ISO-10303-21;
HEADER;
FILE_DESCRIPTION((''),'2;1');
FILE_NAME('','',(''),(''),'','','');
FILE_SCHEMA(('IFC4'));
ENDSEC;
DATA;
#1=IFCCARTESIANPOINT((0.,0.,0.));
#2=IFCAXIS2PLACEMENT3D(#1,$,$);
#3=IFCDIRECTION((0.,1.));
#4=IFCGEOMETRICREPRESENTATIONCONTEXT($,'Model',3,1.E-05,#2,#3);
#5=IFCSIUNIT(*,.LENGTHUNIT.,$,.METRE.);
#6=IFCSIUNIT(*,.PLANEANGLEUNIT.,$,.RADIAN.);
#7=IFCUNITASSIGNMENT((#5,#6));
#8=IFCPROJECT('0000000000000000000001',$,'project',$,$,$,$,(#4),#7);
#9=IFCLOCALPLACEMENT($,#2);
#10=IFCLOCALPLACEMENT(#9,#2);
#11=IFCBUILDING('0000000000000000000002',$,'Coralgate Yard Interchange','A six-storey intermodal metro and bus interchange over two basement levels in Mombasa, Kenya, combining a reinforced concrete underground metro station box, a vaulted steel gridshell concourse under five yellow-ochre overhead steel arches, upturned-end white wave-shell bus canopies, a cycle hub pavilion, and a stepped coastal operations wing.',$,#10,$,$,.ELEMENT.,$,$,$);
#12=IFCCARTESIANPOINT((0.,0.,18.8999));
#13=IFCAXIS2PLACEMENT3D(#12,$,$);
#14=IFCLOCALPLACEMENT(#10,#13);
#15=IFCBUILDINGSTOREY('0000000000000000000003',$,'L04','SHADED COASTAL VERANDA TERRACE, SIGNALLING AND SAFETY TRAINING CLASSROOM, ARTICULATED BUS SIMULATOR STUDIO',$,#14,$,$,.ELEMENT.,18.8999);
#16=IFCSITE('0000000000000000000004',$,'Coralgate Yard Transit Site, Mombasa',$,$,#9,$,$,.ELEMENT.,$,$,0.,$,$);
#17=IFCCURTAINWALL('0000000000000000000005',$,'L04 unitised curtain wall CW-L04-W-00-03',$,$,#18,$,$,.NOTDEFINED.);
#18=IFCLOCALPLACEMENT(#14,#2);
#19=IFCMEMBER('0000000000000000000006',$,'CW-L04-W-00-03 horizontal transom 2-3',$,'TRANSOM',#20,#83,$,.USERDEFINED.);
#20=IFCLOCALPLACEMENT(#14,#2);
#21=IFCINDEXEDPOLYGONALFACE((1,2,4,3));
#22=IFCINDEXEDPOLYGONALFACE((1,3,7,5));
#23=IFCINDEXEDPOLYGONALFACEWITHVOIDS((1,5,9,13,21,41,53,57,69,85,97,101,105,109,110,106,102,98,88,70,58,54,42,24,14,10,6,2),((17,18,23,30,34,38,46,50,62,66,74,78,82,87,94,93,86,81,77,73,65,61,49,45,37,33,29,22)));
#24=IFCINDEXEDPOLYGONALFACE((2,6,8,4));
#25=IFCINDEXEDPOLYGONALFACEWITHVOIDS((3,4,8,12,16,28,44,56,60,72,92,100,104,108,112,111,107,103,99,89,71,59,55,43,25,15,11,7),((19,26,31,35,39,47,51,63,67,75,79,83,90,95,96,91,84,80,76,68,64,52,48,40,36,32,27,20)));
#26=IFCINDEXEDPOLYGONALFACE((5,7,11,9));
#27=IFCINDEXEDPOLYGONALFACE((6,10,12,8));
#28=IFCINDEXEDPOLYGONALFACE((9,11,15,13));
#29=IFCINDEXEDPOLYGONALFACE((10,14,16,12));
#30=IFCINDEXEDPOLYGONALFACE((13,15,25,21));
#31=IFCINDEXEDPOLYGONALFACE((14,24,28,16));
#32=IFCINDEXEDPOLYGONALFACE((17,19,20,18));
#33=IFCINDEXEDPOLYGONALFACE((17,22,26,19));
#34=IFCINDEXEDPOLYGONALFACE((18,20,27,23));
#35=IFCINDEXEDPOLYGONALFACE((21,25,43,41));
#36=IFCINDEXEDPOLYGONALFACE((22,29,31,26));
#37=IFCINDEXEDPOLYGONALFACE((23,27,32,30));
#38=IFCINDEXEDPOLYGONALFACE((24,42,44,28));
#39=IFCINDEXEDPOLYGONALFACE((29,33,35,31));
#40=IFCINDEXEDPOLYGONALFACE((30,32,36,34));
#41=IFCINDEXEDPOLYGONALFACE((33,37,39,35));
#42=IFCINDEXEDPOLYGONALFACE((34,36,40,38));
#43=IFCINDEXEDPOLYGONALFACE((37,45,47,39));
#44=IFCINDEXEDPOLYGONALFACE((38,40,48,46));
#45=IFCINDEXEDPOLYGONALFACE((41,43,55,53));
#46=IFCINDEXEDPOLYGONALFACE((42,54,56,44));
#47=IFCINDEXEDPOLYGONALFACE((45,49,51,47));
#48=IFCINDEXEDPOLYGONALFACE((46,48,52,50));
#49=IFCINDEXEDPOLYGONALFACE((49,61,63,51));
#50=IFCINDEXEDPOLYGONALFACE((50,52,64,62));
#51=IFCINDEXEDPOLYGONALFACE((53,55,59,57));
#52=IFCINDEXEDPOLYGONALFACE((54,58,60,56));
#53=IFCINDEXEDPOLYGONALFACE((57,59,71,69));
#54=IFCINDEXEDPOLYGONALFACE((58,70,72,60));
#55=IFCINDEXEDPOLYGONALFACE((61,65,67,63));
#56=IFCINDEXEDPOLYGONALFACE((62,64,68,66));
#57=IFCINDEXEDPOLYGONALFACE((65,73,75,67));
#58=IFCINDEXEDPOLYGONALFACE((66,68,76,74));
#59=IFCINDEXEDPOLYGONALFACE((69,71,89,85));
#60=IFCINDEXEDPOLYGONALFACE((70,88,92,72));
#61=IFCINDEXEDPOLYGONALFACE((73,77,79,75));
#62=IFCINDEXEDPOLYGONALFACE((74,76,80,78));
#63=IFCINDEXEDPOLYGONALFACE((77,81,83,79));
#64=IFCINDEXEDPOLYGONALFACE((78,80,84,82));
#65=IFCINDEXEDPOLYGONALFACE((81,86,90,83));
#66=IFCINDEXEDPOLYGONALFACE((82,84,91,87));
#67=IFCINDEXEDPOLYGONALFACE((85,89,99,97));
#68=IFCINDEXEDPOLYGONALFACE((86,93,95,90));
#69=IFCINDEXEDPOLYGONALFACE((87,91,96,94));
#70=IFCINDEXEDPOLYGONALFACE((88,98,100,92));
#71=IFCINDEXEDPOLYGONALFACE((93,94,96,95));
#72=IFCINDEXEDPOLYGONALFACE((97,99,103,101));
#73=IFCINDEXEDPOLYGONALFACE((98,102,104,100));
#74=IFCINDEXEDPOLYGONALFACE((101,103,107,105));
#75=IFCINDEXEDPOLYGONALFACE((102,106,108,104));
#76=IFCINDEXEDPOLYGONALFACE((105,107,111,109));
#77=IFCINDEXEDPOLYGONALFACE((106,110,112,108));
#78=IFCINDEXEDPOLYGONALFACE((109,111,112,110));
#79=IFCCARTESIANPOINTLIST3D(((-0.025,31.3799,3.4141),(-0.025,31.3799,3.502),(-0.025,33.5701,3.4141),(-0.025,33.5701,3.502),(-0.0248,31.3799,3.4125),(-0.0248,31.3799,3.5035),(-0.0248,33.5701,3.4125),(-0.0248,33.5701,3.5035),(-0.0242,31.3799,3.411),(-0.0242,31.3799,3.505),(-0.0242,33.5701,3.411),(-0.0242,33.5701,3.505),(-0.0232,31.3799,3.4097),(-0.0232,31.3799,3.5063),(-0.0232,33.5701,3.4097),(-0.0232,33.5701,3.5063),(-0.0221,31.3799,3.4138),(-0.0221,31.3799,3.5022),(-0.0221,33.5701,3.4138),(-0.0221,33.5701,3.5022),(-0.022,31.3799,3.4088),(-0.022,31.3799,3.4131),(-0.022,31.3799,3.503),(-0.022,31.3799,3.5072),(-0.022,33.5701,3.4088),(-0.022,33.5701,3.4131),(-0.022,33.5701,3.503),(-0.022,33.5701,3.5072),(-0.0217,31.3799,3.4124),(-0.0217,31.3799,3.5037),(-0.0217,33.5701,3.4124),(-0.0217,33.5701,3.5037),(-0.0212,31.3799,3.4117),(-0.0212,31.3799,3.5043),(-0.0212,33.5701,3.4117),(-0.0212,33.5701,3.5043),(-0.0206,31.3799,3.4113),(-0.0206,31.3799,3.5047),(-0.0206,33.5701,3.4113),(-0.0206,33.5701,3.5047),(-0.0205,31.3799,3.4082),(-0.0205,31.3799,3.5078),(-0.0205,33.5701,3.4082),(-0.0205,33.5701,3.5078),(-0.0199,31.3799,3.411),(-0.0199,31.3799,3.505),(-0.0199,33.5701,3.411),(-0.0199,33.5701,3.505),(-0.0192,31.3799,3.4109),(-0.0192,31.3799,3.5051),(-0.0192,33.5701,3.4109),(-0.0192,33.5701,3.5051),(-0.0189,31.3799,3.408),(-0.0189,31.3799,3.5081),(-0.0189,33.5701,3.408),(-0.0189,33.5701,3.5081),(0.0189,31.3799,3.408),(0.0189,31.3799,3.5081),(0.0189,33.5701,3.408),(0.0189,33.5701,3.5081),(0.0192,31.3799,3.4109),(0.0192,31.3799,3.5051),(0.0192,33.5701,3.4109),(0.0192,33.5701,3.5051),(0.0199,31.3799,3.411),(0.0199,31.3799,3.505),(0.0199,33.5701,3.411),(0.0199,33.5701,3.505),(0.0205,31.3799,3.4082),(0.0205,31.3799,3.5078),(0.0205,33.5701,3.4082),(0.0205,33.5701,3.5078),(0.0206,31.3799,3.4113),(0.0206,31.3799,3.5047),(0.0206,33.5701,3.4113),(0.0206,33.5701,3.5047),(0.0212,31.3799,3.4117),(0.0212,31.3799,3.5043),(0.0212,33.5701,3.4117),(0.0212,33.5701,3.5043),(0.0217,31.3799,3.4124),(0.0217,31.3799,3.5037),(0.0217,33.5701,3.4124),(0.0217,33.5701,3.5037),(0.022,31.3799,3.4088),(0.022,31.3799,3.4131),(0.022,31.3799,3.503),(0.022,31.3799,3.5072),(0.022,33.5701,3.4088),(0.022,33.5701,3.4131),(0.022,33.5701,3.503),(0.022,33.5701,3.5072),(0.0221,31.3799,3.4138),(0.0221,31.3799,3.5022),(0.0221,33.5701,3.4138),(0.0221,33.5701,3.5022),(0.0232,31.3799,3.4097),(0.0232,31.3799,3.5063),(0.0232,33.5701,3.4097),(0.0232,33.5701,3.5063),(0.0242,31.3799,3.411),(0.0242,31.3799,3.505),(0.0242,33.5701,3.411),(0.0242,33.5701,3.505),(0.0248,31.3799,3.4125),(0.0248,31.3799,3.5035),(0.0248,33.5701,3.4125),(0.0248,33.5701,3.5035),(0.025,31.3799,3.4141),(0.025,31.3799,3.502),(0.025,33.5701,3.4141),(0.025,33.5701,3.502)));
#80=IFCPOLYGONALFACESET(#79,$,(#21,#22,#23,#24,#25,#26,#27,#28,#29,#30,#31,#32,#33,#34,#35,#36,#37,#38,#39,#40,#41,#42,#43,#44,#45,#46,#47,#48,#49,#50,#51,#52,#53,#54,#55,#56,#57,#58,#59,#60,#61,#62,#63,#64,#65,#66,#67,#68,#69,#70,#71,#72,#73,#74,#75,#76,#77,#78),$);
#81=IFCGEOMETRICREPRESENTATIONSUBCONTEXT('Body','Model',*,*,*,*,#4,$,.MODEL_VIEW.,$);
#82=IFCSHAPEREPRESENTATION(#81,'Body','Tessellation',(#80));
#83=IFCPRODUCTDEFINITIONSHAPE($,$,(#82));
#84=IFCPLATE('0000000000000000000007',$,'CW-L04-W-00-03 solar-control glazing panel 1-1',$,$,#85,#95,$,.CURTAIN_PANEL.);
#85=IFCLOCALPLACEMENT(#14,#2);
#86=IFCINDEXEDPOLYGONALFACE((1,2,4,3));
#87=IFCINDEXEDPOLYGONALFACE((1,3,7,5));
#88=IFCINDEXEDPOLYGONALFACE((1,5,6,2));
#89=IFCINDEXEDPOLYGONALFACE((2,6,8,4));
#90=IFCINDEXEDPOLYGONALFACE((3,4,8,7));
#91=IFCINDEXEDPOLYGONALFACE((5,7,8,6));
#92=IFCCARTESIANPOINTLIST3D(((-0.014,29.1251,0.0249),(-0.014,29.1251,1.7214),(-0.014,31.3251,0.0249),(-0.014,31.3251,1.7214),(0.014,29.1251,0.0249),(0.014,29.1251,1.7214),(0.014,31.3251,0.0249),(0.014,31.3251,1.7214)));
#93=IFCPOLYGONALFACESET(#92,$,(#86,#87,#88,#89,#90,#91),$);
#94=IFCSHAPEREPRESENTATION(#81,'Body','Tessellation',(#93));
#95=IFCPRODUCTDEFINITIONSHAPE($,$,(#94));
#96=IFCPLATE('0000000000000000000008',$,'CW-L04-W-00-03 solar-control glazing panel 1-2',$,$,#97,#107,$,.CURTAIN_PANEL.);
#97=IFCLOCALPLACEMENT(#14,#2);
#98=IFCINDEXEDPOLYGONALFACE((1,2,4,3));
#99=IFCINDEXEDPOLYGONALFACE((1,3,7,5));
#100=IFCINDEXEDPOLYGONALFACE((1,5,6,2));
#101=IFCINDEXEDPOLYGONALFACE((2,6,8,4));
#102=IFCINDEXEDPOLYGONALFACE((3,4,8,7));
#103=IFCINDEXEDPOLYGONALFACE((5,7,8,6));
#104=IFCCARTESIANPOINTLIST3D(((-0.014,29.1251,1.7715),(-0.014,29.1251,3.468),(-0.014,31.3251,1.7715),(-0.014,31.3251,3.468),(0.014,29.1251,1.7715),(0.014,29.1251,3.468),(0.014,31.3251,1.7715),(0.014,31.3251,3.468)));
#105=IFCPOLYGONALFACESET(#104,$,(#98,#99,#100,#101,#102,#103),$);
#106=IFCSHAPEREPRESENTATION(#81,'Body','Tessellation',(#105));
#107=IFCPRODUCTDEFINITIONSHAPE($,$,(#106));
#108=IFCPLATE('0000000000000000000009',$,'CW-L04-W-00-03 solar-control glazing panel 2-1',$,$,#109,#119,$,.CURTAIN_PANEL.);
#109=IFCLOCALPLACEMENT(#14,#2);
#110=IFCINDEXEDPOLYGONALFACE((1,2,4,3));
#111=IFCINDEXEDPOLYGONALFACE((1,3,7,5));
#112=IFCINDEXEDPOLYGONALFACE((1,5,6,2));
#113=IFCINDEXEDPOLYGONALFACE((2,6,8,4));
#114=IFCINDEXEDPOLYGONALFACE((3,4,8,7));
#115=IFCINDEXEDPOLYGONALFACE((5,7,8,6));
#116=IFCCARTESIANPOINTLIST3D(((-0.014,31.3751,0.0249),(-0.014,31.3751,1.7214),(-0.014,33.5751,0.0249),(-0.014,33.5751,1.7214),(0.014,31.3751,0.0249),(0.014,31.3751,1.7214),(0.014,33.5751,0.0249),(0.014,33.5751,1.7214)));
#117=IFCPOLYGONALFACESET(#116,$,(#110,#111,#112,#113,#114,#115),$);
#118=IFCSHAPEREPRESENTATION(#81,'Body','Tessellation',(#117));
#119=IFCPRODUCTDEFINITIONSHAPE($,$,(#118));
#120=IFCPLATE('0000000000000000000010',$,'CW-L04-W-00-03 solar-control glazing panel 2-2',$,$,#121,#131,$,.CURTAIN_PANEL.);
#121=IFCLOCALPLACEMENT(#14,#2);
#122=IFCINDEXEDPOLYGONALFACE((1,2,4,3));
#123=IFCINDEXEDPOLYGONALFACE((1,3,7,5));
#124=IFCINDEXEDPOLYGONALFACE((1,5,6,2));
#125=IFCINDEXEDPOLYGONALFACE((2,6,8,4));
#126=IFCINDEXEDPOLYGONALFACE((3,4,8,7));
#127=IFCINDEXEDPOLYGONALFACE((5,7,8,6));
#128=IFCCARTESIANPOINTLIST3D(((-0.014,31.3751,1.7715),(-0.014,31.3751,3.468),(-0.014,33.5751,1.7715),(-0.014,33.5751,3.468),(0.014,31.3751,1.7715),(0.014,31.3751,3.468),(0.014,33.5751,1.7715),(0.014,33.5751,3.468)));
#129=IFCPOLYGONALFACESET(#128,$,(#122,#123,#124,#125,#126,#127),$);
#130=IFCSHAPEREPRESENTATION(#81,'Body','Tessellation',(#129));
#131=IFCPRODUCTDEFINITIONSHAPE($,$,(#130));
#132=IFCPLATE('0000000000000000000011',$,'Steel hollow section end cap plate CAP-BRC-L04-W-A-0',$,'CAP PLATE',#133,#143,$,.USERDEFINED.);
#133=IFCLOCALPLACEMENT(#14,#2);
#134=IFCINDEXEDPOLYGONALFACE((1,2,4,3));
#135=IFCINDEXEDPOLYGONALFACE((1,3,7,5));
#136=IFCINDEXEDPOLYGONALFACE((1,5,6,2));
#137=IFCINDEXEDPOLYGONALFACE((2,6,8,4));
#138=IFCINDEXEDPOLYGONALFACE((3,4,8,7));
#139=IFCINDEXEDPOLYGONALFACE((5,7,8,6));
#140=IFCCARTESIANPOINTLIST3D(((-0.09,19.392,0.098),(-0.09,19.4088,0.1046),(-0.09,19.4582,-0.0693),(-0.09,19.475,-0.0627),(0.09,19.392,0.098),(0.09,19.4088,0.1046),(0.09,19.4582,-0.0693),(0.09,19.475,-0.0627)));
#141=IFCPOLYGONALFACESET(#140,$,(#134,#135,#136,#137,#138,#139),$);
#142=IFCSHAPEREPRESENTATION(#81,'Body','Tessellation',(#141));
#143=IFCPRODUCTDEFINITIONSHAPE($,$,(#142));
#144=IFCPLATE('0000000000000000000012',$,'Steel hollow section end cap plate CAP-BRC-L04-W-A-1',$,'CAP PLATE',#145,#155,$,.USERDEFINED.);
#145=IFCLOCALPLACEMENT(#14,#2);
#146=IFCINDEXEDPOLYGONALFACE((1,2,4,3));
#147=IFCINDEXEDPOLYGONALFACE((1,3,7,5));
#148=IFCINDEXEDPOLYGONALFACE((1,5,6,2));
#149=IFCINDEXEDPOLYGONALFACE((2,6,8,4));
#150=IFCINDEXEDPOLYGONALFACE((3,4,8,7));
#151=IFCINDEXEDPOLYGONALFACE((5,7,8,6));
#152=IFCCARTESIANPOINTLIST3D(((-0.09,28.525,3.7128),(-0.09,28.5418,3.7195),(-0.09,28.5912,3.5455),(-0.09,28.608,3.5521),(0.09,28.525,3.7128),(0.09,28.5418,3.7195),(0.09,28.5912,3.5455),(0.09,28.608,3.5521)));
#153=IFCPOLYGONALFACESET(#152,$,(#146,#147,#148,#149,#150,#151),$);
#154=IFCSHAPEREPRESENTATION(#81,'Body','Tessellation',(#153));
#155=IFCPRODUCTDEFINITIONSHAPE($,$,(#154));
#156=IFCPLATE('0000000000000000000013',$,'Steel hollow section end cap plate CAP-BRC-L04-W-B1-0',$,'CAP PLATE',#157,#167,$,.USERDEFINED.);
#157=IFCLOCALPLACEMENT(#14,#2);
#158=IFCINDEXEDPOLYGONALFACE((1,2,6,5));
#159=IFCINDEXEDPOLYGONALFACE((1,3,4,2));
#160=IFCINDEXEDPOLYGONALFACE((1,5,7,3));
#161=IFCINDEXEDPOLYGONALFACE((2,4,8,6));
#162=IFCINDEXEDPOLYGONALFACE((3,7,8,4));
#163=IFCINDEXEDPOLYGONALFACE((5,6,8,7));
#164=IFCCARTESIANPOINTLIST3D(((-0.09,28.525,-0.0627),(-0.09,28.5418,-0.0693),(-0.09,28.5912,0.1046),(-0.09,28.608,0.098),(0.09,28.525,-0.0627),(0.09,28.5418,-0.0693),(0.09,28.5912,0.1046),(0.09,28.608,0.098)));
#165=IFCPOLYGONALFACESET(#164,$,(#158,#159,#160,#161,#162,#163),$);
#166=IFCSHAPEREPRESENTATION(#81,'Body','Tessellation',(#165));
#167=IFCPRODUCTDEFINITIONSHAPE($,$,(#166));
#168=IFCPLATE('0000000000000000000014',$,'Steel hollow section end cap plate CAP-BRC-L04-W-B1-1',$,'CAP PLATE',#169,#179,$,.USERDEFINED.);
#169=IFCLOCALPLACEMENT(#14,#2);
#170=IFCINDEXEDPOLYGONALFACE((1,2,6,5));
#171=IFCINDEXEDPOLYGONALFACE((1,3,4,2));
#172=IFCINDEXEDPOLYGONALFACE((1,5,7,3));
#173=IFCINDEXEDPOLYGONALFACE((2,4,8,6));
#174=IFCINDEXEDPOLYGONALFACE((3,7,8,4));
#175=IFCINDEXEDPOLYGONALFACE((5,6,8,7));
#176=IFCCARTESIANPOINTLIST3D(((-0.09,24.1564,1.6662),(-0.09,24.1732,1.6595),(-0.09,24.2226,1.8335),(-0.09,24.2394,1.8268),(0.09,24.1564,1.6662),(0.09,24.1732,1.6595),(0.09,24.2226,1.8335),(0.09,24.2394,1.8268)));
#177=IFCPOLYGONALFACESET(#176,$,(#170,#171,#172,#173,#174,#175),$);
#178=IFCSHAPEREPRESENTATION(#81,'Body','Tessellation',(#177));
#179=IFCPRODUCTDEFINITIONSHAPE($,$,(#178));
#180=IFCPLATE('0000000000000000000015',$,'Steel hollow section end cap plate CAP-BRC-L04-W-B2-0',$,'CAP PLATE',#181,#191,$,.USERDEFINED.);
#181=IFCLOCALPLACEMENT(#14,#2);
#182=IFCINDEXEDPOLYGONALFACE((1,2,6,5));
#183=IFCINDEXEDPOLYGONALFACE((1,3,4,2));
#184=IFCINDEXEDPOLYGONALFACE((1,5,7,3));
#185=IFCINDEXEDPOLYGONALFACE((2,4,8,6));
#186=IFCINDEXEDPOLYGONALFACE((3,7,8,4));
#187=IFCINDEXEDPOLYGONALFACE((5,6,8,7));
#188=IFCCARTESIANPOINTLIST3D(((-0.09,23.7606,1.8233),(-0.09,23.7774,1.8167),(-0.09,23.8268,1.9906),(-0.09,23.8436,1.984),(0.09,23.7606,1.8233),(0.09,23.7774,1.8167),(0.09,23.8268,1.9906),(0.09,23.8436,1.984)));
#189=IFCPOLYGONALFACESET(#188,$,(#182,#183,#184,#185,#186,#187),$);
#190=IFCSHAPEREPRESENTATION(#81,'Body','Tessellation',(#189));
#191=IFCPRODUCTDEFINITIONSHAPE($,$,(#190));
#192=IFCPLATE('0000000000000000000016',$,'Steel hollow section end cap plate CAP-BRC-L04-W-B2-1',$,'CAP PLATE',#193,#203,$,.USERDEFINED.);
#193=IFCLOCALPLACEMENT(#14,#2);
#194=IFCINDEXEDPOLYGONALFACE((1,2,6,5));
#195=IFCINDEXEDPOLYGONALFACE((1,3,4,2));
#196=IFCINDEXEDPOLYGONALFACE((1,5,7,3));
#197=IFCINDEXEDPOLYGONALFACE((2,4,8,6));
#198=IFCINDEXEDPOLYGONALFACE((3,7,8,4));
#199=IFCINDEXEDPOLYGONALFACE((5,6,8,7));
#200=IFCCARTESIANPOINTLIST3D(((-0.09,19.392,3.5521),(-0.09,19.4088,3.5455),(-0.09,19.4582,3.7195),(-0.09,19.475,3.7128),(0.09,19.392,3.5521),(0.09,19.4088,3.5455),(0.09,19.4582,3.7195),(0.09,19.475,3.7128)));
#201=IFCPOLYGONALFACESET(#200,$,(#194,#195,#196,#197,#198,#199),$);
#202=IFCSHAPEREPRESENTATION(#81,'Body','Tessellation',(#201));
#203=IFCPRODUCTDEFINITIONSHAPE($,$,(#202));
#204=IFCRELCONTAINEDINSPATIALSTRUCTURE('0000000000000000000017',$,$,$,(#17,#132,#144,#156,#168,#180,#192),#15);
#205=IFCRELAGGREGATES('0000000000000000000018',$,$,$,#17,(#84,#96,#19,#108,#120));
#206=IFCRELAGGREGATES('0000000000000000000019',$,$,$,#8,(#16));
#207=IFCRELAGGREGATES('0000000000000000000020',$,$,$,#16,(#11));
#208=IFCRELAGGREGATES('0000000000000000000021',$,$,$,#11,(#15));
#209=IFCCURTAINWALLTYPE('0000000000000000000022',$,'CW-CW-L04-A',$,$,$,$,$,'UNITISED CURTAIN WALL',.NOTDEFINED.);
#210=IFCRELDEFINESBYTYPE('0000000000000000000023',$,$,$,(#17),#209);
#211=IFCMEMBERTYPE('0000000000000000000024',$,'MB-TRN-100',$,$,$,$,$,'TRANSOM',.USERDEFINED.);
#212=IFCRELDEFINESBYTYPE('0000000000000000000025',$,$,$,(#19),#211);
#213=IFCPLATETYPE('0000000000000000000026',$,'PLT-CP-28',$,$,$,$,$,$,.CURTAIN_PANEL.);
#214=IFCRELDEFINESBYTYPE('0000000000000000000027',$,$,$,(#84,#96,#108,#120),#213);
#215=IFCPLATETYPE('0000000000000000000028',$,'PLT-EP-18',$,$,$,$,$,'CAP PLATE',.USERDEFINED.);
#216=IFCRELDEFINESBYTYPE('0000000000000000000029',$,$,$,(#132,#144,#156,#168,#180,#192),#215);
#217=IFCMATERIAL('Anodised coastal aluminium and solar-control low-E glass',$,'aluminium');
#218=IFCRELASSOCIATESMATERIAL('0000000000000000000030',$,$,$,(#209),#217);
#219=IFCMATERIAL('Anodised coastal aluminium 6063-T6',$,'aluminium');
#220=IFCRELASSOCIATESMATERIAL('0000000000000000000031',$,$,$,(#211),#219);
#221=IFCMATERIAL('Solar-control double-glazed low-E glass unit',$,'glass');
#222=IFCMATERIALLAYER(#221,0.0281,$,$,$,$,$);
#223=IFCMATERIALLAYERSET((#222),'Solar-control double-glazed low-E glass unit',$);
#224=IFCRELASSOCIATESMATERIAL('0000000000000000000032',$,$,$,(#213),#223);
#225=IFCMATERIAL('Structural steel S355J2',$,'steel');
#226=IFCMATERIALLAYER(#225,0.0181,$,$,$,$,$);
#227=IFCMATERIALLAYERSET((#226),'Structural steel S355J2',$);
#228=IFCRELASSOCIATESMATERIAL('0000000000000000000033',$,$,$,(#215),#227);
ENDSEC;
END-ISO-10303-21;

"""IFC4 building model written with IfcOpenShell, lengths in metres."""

from ifc_helpers import new_model, si_unit, direction, frame, origin, origin_2d, place, context, subcontext, project, spatial, rectangle, hollow_rectangle, extrude, material, layer, layer_set, material_profile, profile_set, type_object, element, aggregate, save


model = new_model("IFC4")

# Units and contexts
model_context = context("Model", 3, precision=1e-05, world=origin(), true_north=direction((0.0, 1.0)))
body_context = subcontext(model_context, "Body", "Model", "MODEL_VIEW")
ifc_project = project(units=[si_unit("LENGTHUNIT", "METRE"), si_unit("PLANEANGLEUNIT", "RADIAN")], contexts=[model_context])

# Site, building, storey
site_placement = place(None, origin())
site = spatial("IfcSite", under=ifc_project, at=site_placement, Name="Coralgate Yard Transit Site, Mombasa", CompositionType="ELEMENT", RefElevation=0.0)
building_placement = place(site_placement, origin())
building = spatial("IfcBuilding", under=site, at=building_placement, Name="Coralgate Yard Interchange", Description="A six-storey intermodal metro and bus interchange over two basement levels in Mombasa, Kenya, combining a reinforced concrete underground metro station box, a vaulted steel gridshell concourse under five yellow-ochre overhead steel arches, upturned-end white wave-shell bus canopies, a cycle hub pavilion, and a stepped coastal operations wing.", CompositionType="ELEMENT")
storey_placement = place(building_placement, frame((0.0, 0.0, 18.8999)))
storey = spatial("IfcBuildingStorey", under=building, at=storey_placement, Name="L04", Description="SHADED COASTAL VERANDA TERRACE, SIGNALLING AND SAFETY TRAINING CLASSROOM, ARTICULATED BUS SIMULATOR STUDIO", CompositionType="ELEMENT", Elevation=18.8999)

# Shared definitions
ifc_material_1 = material(Name="Structural steel S355J2", Category="steel")

# Curtain wall, member, plates
ifc_material_2 = material(Name="Anodised coastal aluminium and solar-control low-E glass", Category="aluminium")
curtain_wall_type = type_object("IfcCurtainWallType", Name="CW-CW-L04-A", ElementType="UNITISED CURTAIN WALL", PredefinedType="NOTDEFINED", material=ifc_material_2)
curtain_wall_placement = place(storey_placement, origin())
curtain_wall = element("IfcCurtainWall", 1, at=curtain_wall_placement, inside=storey, type_object=curtain_wall_type, Name="L04 unitised curtain wall CW-L04-W-00-03", PredefinedType="NOTDEFINED")
ifc_material_3 = material(Name="Anodised coastal aluminium 6063-T6", Category="aluminium")
ifc_material_profile_1 = material_profile(ifc_material_3, hollow_rectangle(XDim=0.05, YDim=0.1001, WallThickness=0.0029, InnerFilletRadius=0.0029, OuterFilletRadius=0.0061, at=origin_2d()), Name="ALU 50x100x3")
ifc_profile_set_1 = profile_set([ifc_material_profile_1], Name="Anodised coastal aluminium 6063-T6")
member_type_1 = type_object("IfcMemberType", Name="MB-TRN-100", ElementType="TRANSOM", PredefinedType="USERDEFINED", material=ifc_profile_set_1)
member_1_placement = place(storey_placement, frame((0.0, 31.3799, 3.458), z_axis=(0.0, 1.0, 0.0), x_axis=(-1.0, 0.0, 0.0)))
member_1 = element("IfcMember", 2, at=member_1_placement, type_object=member_type_1, Name="CW-L04-W-00-03 horizontal transom 2-3", ObjectType="TRANSOM", PredefinedType="USERDEFINED", context=body_context, shape_type="SweptSolid", body=[
    extrude(hollow_rectangle(XDim=0.05, YDim=0.1001, WallThickness=0.0029, InnerFilletRadius=0.0029, OuterFilletRadius=0.0061, at=origin_2d()), origin(), (0.0, 0.0, 1.0), 2.1902),
])
ifc_material_4 = material(Name="Solar-control double-glazed low-E glass unit", Category="glass")
ifc_layer_1 = layer(ifc_material_4, 0.0281)
ifc_layer_set_1 = layer_set([ifc_layer_1], Name="Solar-control double-glazed low-E glass unit")
plate_type_1 = type_object("IfcPlateType", Name="PLT-CP-28", PredefinedType="CURTAIN_PANEL", material=ifc_layer_set_1)
plate_1_placement = place(storey_placement, frame((0.0, 30.2251, 0.0249), z_axis=(0.0, 0.0, 1.0), x_axis=(0.0, 1.0, 0.0)))
plate_1 = element("IfcPlate", 3, at=plate_1_placement, type_object=plate_type_1, Name="CW-L04-W-00-03 solar-control glazing panel 1-1", PredefinedType="CURTAIN_PANEL", context=body_context, shape_type="SweptSolid", body=[
    extrude(rectangle(XDim=2.2, YDim=0.0281, at=origin_2d()), origin(), (0.0, 0.0, 1.0), 1.6965),
])
plate_2_placement = place(storey_placement, frame((0.0, 30.2251, 1.7715), z_axis=(0.0, 0.0, 1.0), x_axis=(0.0, 1.0, 0.0)))
plate_2 = element("IfcPlate", 4, at=plate_2_placement, type_object=plate_type_1, Name="CW-L04-W-00-03 solar-control glazing panel 1-2", PredefinedType="CURTAIN_PANEL", context=body_context, shape_type="SweptSolid", body=[
    extrude(rectangle(XDim=2.2, YDim=0.0281, at=origin_2d()), origin(), (0.0, 0.0, 1.0), 1.6965),
])
plate_3_placement = place(storey_placement, frame((0.0, 32.4751, 0.0249), z_axis=(0.0, 0.0, 1.0), x_axis=(0.0, 1.0, 0.0)))
plate_3 = element("IfcPlate", 5, at=plate_3_placement, type_object=plate_type_1, Name="CW-L04-W-00-03 solar-control glazing panel 2-1", PredefinedType="CURTAIN_PANEL", context=body_context, shape_type="SweptSolid", body=[
    extrude(rectangle(XDim=2.2, YDim=0.0281, at=origin_2d()), origin(), (0.0, 0.0, 1.0), 1.6965),
])
plate_4_placement = place(storey_placement, frame((0.0, 32.4751, 1.7715), z_axis=(0.0, 0.0, 1.0), x_axis=(0.0, 1.0, 0.0)))
plate_4 = element("IfcPlate", 6, at=plate_4_placement, type_object=plate_type_1, Name="CW-L04-W-00-03 solar-control glazing panel 2-2", PredefinedType="CURTAIN_PANEL", context=body_context, shape_type="SweptSolid", body=[
    extrude(rectangle(XDim=2.2, YDim=0.0281, at=origin_2d()), origin(), (0.0, 0.0, 1.0), 1.6965),
])
aggregate(curtain_wall, [plate_1, plate_2, member_1, plate_3, plate_4])

# Plates
ifc_layer_2 = layer(ifc_material_1, 0.0181)
ifc_layer_set_2 = layer_set([ifc_layer_2], Name="Structural steel S355J2")
plate_type_2 = type_object("IfcPlateType", Name="PLT-EP-18", ElementType="CAP PLATE", PredefinedType="USERDEFINED", material=ifc_layer_set_2)
for number, where, z_axis, x_axis, name in (
    (7, (0.0, 19.4419, 0.021), (0.0, -0.929807, -0.368048), (1.0, 0.0, 0.0), "Steel hollow section end cap plate CAP-BRC-L04-W-A-0"),
    (8, (0.0, 28.5581, 3.6292), (0.0, 0.929807, 0.368048), (-1.0, 0.0, 0.0), "Steel hollow section end cap plate CAP-BRC-L04-W-A-1"),
    (9, (0.0, 28.5581, 0.021), (0.0, 0.929807, -0.368048), (-1.0, 0.0, 0.0), "Steel hollow section end cap plate CAP-BRC-L04-W-B1-0"),
    (10, (0.0, 24.2063, 1.7432), (0.0, -0.929807, 0.368048), (1.0, 0.0, 0.0), "Steel hollow section end cap plate CAP-BRC-L04-W-B1-1"),
    (11, (0.0, 23.7937, 1.907), (0.0, 0.929807, -0.368048), (-1.0, 0.0, 0.0), "Steel hollow section end cap plate CAP-BRC-L04-W-B2-0"),
    (12, (0.0, 19.4419, 3.6292), (0.0, -0.929807, 0.368048), (1.0, 0.0, 0.0), "Steel hollow section end cap plate CAP-BRC-L04-W-B2-1"),
):
    element("IfcPlate", number, at=place(storey_placement, frame(where, z_axis=z_axis, x_axis=x_axis)), inside=storey, type_object=plate_type_2, Name=name, ObjectType="CAP PLATE", PredefinedType="USERDEFINED", context=body_context, shape_type="SweptSolid", body=[
        extrude(rectangle(XDim=0.1799, YDim=0.1799, at=origin_2d()), origin(), (0.0, 0.0, 1.0), 0.0181),
    ])

save(model, "model.ifc")
